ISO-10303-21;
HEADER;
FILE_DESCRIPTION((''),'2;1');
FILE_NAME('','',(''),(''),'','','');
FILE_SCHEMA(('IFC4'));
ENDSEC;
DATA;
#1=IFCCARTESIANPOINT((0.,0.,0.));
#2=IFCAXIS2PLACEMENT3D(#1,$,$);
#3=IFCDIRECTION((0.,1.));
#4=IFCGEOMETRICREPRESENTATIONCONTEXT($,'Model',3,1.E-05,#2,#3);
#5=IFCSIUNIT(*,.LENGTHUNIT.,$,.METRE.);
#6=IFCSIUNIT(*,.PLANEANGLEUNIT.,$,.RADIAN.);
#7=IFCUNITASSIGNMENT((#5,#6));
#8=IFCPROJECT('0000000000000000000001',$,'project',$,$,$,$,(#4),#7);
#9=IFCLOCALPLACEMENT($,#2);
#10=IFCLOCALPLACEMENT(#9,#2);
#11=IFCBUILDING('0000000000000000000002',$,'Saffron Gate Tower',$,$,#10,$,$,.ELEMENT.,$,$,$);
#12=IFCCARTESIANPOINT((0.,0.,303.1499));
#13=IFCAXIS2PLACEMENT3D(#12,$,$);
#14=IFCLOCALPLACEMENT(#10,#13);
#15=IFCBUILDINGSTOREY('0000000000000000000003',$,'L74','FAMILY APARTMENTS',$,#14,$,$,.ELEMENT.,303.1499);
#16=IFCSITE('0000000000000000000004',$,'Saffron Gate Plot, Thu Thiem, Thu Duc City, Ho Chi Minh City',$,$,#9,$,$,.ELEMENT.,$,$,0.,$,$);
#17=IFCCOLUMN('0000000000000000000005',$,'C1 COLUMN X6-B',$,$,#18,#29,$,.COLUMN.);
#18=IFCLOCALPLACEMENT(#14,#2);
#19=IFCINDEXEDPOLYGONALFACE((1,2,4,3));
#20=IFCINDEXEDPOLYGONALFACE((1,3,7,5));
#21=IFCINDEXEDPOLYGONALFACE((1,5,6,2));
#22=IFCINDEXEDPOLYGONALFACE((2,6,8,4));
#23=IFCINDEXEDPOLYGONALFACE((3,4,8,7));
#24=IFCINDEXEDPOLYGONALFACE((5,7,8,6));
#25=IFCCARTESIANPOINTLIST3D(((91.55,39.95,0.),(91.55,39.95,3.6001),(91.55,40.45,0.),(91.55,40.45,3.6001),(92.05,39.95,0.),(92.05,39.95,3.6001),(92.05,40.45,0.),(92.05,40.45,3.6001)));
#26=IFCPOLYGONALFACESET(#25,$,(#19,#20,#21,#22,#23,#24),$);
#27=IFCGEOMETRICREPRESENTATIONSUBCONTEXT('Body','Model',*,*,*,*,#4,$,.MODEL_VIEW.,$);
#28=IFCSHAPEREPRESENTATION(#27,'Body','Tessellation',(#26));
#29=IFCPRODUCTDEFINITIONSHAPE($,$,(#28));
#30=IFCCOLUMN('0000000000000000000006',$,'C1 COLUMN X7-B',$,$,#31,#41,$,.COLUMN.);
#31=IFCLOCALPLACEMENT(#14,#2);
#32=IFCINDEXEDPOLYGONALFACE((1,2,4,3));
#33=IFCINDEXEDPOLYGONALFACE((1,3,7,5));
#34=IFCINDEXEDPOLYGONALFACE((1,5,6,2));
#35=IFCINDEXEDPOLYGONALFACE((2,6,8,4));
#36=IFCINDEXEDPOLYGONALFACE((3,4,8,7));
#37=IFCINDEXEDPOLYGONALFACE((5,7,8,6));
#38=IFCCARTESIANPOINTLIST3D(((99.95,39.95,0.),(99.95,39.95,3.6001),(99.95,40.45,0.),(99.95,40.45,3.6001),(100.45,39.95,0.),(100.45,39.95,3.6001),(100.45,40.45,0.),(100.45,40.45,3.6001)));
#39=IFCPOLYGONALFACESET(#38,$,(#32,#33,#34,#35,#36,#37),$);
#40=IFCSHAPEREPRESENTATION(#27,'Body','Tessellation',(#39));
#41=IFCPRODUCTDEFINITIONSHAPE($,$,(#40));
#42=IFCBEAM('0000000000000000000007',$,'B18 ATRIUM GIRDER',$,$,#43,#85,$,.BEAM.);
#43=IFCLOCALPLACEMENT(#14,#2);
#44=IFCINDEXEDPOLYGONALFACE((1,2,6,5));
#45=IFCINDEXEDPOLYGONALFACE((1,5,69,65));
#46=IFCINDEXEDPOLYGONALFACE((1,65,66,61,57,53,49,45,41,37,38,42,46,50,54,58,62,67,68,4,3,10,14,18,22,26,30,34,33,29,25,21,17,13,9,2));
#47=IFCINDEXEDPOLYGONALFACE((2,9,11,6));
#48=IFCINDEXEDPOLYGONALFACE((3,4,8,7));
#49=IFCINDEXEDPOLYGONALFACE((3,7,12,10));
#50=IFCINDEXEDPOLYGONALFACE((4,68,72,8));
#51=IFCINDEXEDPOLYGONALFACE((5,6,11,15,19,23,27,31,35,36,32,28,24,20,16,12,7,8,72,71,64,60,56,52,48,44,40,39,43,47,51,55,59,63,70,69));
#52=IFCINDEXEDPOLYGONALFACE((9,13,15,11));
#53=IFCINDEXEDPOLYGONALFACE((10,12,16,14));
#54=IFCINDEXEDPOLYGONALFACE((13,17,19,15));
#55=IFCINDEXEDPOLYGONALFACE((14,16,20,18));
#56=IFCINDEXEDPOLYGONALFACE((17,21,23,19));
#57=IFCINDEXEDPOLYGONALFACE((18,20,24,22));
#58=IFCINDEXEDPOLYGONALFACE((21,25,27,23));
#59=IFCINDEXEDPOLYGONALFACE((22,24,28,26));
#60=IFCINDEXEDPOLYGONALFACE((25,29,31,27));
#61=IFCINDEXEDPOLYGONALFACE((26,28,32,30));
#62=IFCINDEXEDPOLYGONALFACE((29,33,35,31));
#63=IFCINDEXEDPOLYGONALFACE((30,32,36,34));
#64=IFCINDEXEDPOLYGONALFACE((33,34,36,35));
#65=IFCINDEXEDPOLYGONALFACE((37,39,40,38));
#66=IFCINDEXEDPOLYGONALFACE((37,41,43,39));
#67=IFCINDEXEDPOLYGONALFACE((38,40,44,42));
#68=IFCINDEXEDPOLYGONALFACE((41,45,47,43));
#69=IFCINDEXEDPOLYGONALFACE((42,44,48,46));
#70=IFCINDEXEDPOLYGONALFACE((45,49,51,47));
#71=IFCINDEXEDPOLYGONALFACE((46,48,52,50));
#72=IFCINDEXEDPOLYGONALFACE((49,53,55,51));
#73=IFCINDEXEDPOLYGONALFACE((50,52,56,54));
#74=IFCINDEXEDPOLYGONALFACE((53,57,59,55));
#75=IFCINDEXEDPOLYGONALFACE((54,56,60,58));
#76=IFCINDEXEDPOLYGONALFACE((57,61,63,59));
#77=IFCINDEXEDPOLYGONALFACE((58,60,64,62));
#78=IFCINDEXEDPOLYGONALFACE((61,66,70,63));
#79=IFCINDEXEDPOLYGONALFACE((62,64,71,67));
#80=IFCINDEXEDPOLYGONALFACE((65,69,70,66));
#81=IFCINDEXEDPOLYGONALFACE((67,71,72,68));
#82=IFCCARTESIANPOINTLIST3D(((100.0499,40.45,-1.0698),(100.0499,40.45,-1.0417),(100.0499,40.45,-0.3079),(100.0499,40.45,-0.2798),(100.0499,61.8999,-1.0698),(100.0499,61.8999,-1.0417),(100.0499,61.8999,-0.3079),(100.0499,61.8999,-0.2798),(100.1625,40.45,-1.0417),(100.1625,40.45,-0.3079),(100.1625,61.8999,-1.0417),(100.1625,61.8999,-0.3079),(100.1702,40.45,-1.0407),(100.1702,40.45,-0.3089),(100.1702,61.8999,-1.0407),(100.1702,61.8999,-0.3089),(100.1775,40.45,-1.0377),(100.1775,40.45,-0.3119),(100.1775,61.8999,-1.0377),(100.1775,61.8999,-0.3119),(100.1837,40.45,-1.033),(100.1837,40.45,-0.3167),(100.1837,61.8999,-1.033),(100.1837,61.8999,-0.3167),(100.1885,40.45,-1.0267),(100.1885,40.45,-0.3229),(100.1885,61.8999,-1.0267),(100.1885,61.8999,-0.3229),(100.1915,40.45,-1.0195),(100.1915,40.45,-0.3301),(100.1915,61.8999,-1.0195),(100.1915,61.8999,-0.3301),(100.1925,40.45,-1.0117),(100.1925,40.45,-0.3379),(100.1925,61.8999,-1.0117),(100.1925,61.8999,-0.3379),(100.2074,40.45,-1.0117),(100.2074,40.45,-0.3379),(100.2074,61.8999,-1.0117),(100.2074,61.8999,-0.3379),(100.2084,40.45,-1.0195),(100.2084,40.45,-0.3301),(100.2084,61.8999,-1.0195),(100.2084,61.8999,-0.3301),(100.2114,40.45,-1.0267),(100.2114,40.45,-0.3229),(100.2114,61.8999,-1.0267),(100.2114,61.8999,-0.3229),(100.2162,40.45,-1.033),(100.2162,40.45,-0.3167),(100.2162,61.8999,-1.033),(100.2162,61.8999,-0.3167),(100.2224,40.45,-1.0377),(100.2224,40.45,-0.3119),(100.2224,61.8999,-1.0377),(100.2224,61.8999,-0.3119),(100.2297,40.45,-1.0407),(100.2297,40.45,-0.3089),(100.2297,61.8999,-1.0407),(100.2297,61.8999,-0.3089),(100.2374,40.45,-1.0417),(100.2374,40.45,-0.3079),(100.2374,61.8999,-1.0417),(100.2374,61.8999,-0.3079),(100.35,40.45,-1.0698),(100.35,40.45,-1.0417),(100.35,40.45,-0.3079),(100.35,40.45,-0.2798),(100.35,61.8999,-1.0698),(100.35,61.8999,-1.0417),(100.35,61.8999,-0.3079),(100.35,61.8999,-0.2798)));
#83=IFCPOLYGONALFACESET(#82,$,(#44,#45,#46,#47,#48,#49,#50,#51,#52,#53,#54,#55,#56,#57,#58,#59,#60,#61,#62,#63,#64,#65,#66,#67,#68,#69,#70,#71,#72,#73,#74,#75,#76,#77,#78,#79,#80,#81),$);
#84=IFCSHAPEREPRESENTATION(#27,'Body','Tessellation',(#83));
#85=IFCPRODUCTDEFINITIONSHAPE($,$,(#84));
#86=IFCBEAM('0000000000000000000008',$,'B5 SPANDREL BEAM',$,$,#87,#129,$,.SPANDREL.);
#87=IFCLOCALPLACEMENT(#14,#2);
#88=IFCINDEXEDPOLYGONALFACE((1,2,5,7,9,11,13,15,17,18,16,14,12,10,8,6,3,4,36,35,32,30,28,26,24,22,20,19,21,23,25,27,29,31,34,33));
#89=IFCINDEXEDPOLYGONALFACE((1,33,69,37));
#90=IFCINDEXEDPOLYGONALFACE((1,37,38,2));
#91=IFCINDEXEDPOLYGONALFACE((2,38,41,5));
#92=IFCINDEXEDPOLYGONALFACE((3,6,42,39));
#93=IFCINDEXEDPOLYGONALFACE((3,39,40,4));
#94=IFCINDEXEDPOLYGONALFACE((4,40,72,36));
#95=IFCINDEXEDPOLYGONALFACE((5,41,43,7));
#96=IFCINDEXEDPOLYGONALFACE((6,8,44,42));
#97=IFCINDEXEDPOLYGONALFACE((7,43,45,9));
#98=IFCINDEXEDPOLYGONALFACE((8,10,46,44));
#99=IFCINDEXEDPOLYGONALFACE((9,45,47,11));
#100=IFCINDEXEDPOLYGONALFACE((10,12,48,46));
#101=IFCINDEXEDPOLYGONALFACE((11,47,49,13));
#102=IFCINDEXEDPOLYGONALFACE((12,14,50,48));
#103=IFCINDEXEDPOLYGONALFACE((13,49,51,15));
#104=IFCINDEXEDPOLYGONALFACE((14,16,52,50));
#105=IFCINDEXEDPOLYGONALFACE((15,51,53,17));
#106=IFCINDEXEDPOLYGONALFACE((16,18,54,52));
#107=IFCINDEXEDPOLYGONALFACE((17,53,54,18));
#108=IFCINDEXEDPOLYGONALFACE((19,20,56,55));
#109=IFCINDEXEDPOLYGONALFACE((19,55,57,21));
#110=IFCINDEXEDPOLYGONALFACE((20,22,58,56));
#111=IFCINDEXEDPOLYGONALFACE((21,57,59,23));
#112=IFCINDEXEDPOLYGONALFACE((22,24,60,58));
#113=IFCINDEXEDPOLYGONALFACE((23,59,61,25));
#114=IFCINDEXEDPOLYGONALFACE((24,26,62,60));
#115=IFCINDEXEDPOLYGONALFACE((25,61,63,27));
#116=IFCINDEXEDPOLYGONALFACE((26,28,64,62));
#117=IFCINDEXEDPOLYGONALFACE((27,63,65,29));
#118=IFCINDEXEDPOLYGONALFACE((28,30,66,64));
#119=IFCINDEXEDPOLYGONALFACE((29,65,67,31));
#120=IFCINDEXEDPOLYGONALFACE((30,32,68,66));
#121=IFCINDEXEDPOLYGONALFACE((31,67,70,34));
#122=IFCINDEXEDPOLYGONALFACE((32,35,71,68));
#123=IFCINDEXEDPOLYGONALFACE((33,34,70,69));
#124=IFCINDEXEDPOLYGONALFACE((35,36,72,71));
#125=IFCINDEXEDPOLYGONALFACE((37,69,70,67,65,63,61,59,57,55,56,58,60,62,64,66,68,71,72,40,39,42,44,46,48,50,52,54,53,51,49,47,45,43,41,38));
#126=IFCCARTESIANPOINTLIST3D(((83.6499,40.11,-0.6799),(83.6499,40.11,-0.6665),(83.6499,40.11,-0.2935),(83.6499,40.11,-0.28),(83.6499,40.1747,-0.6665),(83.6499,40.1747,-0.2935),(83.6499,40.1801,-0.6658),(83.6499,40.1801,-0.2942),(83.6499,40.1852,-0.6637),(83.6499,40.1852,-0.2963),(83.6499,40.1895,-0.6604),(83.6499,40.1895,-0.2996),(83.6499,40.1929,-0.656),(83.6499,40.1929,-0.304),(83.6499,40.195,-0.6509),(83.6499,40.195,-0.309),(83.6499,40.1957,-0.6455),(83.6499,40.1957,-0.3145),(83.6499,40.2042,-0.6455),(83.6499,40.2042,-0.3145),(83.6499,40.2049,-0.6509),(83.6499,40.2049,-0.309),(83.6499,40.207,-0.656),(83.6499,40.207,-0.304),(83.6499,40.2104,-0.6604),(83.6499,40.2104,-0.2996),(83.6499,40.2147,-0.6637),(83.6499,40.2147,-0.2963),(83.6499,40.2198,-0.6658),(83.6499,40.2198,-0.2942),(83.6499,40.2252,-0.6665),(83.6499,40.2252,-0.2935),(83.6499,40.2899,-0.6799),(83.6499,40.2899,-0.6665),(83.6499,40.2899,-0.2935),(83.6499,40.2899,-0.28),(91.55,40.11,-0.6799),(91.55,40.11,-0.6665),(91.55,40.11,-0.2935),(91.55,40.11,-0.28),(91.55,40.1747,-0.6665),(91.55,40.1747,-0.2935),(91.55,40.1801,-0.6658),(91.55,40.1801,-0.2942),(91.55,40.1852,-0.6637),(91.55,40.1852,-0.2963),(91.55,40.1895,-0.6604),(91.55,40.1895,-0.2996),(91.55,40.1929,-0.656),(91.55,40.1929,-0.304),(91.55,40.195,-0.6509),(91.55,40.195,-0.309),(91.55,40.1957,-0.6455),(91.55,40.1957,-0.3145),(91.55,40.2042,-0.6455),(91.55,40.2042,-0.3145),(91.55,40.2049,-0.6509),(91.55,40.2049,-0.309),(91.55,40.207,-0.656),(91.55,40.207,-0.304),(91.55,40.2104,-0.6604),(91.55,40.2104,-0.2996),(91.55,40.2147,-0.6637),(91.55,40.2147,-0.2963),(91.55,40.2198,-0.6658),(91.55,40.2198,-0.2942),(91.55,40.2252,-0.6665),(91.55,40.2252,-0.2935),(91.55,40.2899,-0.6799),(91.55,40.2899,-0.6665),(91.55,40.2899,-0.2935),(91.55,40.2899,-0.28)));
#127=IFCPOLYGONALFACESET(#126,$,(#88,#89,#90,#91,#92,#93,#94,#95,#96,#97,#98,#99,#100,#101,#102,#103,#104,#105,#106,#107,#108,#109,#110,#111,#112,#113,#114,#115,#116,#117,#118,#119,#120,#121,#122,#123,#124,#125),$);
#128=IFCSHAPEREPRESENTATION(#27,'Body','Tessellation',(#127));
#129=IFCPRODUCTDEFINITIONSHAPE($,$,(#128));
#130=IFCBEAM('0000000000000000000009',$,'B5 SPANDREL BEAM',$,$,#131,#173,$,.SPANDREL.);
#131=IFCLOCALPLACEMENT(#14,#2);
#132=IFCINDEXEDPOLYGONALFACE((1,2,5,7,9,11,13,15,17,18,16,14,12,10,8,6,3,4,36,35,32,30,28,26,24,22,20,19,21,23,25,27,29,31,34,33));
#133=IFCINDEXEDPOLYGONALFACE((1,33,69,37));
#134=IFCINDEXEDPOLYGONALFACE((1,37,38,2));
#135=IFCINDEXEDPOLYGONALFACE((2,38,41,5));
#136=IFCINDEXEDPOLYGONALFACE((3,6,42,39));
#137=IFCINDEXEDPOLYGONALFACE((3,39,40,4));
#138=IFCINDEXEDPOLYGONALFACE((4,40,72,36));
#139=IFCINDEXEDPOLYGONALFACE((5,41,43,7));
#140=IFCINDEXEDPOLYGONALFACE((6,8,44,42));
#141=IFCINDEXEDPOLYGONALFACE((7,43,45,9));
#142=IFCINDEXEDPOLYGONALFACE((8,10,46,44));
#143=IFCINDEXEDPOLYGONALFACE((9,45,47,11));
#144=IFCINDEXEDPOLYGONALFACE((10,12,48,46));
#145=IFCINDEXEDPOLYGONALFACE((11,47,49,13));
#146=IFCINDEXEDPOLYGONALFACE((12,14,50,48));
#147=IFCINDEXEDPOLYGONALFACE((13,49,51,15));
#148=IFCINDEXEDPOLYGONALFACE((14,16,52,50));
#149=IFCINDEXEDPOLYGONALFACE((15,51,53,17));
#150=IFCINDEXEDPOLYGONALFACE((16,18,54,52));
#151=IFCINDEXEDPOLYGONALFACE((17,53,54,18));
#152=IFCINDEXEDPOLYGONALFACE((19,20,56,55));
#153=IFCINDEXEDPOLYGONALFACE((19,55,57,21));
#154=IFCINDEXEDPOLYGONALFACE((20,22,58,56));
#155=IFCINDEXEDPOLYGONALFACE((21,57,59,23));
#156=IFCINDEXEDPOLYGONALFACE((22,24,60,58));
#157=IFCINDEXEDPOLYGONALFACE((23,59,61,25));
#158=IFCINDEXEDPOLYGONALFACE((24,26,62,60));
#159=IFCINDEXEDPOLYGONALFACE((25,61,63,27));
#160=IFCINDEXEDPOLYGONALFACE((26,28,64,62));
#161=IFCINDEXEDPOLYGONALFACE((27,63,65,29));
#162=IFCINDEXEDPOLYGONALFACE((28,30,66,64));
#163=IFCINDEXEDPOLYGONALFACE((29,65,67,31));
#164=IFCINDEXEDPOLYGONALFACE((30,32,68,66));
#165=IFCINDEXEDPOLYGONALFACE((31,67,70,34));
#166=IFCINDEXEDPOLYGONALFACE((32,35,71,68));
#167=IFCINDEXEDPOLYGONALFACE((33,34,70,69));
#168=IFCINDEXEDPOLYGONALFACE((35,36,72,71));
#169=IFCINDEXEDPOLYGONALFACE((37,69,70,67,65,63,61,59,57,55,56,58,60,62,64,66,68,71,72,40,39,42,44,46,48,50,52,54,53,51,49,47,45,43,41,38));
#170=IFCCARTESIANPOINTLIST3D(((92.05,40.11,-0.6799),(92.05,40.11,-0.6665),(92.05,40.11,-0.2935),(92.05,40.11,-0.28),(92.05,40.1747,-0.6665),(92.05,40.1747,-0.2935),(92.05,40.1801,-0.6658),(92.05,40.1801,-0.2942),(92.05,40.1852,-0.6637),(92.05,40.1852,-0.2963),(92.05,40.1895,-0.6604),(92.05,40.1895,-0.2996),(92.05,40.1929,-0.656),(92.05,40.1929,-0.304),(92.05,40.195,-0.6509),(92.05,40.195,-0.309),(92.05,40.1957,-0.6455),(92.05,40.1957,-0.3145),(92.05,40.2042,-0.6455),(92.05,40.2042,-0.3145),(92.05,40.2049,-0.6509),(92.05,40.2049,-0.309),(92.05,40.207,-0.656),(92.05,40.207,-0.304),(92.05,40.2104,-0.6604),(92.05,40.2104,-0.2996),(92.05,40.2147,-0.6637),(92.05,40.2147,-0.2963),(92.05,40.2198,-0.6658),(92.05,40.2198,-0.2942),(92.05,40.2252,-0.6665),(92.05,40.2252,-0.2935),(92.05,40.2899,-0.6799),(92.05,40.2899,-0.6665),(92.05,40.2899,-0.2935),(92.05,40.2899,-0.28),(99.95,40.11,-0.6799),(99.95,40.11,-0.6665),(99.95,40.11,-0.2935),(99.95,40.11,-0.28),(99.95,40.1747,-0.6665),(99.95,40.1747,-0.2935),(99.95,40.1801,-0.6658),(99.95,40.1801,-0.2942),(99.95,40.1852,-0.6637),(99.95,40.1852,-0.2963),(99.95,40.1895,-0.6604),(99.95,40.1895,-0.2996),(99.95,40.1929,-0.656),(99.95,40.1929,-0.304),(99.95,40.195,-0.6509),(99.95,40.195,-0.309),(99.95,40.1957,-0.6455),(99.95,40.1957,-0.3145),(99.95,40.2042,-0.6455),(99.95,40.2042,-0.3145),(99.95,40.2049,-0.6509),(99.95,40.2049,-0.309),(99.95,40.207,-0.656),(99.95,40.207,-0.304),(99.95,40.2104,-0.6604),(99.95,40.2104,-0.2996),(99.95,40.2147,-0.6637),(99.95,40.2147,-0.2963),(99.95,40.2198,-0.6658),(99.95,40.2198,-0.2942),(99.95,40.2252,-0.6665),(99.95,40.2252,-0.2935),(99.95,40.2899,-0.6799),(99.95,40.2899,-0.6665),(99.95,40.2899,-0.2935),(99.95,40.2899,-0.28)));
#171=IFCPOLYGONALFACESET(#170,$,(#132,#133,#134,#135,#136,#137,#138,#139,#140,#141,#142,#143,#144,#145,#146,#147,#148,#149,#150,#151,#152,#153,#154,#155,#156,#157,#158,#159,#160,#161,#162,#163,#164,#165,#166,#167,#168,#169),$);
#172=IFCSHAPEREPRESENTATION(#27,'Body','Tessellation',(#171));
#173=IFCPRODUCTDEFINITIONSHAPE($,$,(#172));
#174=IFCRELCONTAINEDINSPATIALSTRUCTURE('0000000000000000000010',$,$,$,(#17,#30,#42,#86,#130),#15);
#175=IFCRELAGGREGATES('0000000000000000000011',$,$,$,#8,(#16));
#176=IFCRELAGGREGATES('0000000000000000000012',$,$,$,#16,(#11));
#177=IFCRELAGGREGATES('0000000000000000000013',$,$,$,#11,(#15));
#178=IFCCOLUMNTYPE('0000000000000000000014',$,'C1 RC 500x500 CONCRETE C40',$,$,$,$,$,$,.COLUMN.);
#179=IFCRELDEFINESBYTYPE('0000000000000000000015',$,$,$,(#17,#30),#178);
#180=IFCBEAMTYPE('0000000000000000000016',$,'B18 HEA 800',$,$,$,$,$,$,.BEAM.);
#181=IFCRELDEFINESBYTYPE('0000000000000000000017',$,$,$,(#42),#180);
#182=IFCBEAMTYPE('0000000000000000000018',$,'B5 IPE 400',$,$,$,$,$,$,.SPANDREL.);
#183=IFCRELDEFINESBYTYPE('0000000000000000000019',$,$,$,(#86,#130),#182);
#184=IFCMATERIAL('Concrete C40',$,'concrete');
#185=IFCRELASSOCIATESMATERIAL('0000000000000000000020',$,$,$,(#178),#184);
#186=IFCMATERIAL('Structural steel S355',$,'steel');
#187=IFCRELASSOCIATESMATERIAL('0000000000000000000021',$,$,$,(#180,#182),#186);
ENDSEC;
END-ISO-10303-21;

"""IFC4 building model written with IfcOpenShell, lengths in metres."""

from ifc_helpers import new_model, si_unit, direction, frame, origin, origin_2d, place, context, subcontext, project, spatial, rectangle, i_section, extrude, material, material_profile, profile_set, type_object, element, save


model = new_model("IFC4")

# Units and contexts
model_context = context("Model", 3, precision=1e-05, world=origin(), true_north=direction((0.0, 1.0)))
body_context = subcontext(model_context, "Body", "Model", "MODEL_VIEW")
ifc_project = project(units=[si_unit("LENGTHUNIT", "METRE"), si_unit("PLANEANGLEUNIT", "RADIAN")], contexts=[model_context])

# Site, building, storey
site_placement = place(None, origin())
site = spatial("IfcSite", under=ifc_project, at=site_placement, Name="Saffron Gate Plot, Thu Thiem, Thu Duc City, Ho Chi Minh City", CompositionType="ELEMENT", RefElevation=0.0)
building_placement = place(site_placement, origin())
building = spatial("IfcBuilding", under=site, at=building_placement, Name="Saffron Gate Tower", CompositionType="ELEMENT")
storey_placement = place(building_placement, frame((0.0, 0.0, 303.1499)))
storey = spatial("IfcBuildingStorey", under=building, at=storey_placement, Name="L74", Description="FAMILY APARTMENTS", CompositionType="ELEMENT", Elevation=303.1499)

# Columns
ifc_material_1 = material(Name="Concrete C40", Category="concrete")
ifc_material_profile_1 = material_profile(ifc_material_1, rectangle(XDim=0.5, YDim=0.5, at=origin_2d()))
ifc_profile_set_1 = profile_set([ifc_material_profile_1], Name="Concrete C40")
column_type = type_object("IfcColumnType", Name="C1 RC 500x500 CONCRETE C40", PredefinedType="COLUMN", material=ifc_profile_set_1)
for number, where, z_axis, x_axis, name in (
    (1, (91.8, 40.2, 0.0), (0.0, 0.0, 1.0), (1.0, 0.0, 0.0), "C1 COLUMN X6-B"),
    (2, (100.2, 40.2, 0.0), (0.0, 0.0, 1.0), (1.0, 0.0, 0.0), "C1 COLUMN X7-B"),
):
    element("IfcColumn", number, at=place(storey_placement, frame(where, z_axis=z_axis, x_axis=x_axis)), inside=storey, type_object=column_type, Name=name, PredefinedType="COLUMN", context=body_context, shape_type="SweptSolid", body=[
        extrude(rectangle(XDim=0.5, YDim=0.5, at=origin_2d()), origin(), (0.0, 0.0, 1.0), 3.6001),
    ])

# Beams
ifc_material_2 = material(Name="Structural steel S355", Category="steel")
ifc_material_profile_2 = material_profile(ifc_material_2, i_section(OverallWidth=0.3, OverallDepth=0.79, WebThickness=0.0149, FlangeThickness=0.0281, FilletRadius=0.03, at=origin_2d()))
ifc_profile_set_2 = profile_set([ifc_material_profile_2], Name="Structural steel S355")
beam_type_1 = type_object("IfcBeamType", Name="B18 HEA 800", PredefinedType="BEAM", material=ifc_profile_set_2)
beam_1_placement = place(storey_placement, frame((100.2, 40.45, -0.6748), z_axis=(0.0, 1.0, 0.0), x_axis=(-1.0, 0.0, 0.0)))
element("IfcBeam", 3, at=beam_1_placement, inside=storey, type_object=beam_type_1, Name="B18 ATRIUM GIRDER", PredefinedType="BEAM", context=body_context, shape_type="SweptSolid", body=[
    extrude(i_section(OverallWidth=0.3, OverallDepth=0.79, WebThickness=0.0149, FlangeThickness=0.0281, FilletRadius=0.03, at=origin_2d()), origin(), (0.0, 0.0, 1.0), 21.45),
])
ifc_material_profile_3 = material_profile(ifc_material_2, i_section(OverallWidth=0.1799, OverallDepth=0.3999, WebThickness=0.0085, FlangeThickness=0.0134, FilletRadius=0.021, at=origin_2d()))
ifc_profile_set_3 = profile_set([ifc_material_profile_3], Name="Structural steel S355")
beam_type_2 = type_object("IfcBeamType", Name="B5 IPE 400", PredefinedType="SPANDREL", material=ifc_profile_set_3)
beam_2_placement = place(storey_placement, frame((83.6499, 40.2, -0.48), z_axis=(1.0, 0.0, 0.0), x_axis=(0.0, 1.0, 0.0)))
element("IfcBeam", 4, at=beam_2_placement, inside=storey, type_object=beam_type_2, Name="B5 SPANDREL BEAM", PredefinedType="SPANDREL", context=body_context, shape_type="SweptSolid", body=[
    extrude(i_section(OverallWidth=0.1799, OverallDepth=0.3999, WebThickness=0.0085, FlangeThickness=0.0134, FilletRadius=0.021, at=origin_2d()), origin(), (0.0, 0.0, 1.0), 7.9001),
])
beam_3_placement = place(storey_placement, frame((92.05, 40.2, -0.48), z_axis=(1.0, 0.0, 0.0), x_axis=(0.0, 1.0, 0.0)))
element("IfcBeam", 5, at=beam_3_placement, inside=storey, type_object=beam_type_2, Name="B5 SPANDREL BEAM", PredefinedType="SPANDREL", context=body_context, shape_type="SweptSolid", body=[
    extrude(i_section(OverallWidth=0.1799, OverallDepth=0.3999, WebThickness=0.0085, FlangeThickness=0.0134, FilletRadius=0.021, at=origin_2d()), origin(), (0.0, 0.0, 1.0), 7.8999),
])

save(model, "model.ifc")
